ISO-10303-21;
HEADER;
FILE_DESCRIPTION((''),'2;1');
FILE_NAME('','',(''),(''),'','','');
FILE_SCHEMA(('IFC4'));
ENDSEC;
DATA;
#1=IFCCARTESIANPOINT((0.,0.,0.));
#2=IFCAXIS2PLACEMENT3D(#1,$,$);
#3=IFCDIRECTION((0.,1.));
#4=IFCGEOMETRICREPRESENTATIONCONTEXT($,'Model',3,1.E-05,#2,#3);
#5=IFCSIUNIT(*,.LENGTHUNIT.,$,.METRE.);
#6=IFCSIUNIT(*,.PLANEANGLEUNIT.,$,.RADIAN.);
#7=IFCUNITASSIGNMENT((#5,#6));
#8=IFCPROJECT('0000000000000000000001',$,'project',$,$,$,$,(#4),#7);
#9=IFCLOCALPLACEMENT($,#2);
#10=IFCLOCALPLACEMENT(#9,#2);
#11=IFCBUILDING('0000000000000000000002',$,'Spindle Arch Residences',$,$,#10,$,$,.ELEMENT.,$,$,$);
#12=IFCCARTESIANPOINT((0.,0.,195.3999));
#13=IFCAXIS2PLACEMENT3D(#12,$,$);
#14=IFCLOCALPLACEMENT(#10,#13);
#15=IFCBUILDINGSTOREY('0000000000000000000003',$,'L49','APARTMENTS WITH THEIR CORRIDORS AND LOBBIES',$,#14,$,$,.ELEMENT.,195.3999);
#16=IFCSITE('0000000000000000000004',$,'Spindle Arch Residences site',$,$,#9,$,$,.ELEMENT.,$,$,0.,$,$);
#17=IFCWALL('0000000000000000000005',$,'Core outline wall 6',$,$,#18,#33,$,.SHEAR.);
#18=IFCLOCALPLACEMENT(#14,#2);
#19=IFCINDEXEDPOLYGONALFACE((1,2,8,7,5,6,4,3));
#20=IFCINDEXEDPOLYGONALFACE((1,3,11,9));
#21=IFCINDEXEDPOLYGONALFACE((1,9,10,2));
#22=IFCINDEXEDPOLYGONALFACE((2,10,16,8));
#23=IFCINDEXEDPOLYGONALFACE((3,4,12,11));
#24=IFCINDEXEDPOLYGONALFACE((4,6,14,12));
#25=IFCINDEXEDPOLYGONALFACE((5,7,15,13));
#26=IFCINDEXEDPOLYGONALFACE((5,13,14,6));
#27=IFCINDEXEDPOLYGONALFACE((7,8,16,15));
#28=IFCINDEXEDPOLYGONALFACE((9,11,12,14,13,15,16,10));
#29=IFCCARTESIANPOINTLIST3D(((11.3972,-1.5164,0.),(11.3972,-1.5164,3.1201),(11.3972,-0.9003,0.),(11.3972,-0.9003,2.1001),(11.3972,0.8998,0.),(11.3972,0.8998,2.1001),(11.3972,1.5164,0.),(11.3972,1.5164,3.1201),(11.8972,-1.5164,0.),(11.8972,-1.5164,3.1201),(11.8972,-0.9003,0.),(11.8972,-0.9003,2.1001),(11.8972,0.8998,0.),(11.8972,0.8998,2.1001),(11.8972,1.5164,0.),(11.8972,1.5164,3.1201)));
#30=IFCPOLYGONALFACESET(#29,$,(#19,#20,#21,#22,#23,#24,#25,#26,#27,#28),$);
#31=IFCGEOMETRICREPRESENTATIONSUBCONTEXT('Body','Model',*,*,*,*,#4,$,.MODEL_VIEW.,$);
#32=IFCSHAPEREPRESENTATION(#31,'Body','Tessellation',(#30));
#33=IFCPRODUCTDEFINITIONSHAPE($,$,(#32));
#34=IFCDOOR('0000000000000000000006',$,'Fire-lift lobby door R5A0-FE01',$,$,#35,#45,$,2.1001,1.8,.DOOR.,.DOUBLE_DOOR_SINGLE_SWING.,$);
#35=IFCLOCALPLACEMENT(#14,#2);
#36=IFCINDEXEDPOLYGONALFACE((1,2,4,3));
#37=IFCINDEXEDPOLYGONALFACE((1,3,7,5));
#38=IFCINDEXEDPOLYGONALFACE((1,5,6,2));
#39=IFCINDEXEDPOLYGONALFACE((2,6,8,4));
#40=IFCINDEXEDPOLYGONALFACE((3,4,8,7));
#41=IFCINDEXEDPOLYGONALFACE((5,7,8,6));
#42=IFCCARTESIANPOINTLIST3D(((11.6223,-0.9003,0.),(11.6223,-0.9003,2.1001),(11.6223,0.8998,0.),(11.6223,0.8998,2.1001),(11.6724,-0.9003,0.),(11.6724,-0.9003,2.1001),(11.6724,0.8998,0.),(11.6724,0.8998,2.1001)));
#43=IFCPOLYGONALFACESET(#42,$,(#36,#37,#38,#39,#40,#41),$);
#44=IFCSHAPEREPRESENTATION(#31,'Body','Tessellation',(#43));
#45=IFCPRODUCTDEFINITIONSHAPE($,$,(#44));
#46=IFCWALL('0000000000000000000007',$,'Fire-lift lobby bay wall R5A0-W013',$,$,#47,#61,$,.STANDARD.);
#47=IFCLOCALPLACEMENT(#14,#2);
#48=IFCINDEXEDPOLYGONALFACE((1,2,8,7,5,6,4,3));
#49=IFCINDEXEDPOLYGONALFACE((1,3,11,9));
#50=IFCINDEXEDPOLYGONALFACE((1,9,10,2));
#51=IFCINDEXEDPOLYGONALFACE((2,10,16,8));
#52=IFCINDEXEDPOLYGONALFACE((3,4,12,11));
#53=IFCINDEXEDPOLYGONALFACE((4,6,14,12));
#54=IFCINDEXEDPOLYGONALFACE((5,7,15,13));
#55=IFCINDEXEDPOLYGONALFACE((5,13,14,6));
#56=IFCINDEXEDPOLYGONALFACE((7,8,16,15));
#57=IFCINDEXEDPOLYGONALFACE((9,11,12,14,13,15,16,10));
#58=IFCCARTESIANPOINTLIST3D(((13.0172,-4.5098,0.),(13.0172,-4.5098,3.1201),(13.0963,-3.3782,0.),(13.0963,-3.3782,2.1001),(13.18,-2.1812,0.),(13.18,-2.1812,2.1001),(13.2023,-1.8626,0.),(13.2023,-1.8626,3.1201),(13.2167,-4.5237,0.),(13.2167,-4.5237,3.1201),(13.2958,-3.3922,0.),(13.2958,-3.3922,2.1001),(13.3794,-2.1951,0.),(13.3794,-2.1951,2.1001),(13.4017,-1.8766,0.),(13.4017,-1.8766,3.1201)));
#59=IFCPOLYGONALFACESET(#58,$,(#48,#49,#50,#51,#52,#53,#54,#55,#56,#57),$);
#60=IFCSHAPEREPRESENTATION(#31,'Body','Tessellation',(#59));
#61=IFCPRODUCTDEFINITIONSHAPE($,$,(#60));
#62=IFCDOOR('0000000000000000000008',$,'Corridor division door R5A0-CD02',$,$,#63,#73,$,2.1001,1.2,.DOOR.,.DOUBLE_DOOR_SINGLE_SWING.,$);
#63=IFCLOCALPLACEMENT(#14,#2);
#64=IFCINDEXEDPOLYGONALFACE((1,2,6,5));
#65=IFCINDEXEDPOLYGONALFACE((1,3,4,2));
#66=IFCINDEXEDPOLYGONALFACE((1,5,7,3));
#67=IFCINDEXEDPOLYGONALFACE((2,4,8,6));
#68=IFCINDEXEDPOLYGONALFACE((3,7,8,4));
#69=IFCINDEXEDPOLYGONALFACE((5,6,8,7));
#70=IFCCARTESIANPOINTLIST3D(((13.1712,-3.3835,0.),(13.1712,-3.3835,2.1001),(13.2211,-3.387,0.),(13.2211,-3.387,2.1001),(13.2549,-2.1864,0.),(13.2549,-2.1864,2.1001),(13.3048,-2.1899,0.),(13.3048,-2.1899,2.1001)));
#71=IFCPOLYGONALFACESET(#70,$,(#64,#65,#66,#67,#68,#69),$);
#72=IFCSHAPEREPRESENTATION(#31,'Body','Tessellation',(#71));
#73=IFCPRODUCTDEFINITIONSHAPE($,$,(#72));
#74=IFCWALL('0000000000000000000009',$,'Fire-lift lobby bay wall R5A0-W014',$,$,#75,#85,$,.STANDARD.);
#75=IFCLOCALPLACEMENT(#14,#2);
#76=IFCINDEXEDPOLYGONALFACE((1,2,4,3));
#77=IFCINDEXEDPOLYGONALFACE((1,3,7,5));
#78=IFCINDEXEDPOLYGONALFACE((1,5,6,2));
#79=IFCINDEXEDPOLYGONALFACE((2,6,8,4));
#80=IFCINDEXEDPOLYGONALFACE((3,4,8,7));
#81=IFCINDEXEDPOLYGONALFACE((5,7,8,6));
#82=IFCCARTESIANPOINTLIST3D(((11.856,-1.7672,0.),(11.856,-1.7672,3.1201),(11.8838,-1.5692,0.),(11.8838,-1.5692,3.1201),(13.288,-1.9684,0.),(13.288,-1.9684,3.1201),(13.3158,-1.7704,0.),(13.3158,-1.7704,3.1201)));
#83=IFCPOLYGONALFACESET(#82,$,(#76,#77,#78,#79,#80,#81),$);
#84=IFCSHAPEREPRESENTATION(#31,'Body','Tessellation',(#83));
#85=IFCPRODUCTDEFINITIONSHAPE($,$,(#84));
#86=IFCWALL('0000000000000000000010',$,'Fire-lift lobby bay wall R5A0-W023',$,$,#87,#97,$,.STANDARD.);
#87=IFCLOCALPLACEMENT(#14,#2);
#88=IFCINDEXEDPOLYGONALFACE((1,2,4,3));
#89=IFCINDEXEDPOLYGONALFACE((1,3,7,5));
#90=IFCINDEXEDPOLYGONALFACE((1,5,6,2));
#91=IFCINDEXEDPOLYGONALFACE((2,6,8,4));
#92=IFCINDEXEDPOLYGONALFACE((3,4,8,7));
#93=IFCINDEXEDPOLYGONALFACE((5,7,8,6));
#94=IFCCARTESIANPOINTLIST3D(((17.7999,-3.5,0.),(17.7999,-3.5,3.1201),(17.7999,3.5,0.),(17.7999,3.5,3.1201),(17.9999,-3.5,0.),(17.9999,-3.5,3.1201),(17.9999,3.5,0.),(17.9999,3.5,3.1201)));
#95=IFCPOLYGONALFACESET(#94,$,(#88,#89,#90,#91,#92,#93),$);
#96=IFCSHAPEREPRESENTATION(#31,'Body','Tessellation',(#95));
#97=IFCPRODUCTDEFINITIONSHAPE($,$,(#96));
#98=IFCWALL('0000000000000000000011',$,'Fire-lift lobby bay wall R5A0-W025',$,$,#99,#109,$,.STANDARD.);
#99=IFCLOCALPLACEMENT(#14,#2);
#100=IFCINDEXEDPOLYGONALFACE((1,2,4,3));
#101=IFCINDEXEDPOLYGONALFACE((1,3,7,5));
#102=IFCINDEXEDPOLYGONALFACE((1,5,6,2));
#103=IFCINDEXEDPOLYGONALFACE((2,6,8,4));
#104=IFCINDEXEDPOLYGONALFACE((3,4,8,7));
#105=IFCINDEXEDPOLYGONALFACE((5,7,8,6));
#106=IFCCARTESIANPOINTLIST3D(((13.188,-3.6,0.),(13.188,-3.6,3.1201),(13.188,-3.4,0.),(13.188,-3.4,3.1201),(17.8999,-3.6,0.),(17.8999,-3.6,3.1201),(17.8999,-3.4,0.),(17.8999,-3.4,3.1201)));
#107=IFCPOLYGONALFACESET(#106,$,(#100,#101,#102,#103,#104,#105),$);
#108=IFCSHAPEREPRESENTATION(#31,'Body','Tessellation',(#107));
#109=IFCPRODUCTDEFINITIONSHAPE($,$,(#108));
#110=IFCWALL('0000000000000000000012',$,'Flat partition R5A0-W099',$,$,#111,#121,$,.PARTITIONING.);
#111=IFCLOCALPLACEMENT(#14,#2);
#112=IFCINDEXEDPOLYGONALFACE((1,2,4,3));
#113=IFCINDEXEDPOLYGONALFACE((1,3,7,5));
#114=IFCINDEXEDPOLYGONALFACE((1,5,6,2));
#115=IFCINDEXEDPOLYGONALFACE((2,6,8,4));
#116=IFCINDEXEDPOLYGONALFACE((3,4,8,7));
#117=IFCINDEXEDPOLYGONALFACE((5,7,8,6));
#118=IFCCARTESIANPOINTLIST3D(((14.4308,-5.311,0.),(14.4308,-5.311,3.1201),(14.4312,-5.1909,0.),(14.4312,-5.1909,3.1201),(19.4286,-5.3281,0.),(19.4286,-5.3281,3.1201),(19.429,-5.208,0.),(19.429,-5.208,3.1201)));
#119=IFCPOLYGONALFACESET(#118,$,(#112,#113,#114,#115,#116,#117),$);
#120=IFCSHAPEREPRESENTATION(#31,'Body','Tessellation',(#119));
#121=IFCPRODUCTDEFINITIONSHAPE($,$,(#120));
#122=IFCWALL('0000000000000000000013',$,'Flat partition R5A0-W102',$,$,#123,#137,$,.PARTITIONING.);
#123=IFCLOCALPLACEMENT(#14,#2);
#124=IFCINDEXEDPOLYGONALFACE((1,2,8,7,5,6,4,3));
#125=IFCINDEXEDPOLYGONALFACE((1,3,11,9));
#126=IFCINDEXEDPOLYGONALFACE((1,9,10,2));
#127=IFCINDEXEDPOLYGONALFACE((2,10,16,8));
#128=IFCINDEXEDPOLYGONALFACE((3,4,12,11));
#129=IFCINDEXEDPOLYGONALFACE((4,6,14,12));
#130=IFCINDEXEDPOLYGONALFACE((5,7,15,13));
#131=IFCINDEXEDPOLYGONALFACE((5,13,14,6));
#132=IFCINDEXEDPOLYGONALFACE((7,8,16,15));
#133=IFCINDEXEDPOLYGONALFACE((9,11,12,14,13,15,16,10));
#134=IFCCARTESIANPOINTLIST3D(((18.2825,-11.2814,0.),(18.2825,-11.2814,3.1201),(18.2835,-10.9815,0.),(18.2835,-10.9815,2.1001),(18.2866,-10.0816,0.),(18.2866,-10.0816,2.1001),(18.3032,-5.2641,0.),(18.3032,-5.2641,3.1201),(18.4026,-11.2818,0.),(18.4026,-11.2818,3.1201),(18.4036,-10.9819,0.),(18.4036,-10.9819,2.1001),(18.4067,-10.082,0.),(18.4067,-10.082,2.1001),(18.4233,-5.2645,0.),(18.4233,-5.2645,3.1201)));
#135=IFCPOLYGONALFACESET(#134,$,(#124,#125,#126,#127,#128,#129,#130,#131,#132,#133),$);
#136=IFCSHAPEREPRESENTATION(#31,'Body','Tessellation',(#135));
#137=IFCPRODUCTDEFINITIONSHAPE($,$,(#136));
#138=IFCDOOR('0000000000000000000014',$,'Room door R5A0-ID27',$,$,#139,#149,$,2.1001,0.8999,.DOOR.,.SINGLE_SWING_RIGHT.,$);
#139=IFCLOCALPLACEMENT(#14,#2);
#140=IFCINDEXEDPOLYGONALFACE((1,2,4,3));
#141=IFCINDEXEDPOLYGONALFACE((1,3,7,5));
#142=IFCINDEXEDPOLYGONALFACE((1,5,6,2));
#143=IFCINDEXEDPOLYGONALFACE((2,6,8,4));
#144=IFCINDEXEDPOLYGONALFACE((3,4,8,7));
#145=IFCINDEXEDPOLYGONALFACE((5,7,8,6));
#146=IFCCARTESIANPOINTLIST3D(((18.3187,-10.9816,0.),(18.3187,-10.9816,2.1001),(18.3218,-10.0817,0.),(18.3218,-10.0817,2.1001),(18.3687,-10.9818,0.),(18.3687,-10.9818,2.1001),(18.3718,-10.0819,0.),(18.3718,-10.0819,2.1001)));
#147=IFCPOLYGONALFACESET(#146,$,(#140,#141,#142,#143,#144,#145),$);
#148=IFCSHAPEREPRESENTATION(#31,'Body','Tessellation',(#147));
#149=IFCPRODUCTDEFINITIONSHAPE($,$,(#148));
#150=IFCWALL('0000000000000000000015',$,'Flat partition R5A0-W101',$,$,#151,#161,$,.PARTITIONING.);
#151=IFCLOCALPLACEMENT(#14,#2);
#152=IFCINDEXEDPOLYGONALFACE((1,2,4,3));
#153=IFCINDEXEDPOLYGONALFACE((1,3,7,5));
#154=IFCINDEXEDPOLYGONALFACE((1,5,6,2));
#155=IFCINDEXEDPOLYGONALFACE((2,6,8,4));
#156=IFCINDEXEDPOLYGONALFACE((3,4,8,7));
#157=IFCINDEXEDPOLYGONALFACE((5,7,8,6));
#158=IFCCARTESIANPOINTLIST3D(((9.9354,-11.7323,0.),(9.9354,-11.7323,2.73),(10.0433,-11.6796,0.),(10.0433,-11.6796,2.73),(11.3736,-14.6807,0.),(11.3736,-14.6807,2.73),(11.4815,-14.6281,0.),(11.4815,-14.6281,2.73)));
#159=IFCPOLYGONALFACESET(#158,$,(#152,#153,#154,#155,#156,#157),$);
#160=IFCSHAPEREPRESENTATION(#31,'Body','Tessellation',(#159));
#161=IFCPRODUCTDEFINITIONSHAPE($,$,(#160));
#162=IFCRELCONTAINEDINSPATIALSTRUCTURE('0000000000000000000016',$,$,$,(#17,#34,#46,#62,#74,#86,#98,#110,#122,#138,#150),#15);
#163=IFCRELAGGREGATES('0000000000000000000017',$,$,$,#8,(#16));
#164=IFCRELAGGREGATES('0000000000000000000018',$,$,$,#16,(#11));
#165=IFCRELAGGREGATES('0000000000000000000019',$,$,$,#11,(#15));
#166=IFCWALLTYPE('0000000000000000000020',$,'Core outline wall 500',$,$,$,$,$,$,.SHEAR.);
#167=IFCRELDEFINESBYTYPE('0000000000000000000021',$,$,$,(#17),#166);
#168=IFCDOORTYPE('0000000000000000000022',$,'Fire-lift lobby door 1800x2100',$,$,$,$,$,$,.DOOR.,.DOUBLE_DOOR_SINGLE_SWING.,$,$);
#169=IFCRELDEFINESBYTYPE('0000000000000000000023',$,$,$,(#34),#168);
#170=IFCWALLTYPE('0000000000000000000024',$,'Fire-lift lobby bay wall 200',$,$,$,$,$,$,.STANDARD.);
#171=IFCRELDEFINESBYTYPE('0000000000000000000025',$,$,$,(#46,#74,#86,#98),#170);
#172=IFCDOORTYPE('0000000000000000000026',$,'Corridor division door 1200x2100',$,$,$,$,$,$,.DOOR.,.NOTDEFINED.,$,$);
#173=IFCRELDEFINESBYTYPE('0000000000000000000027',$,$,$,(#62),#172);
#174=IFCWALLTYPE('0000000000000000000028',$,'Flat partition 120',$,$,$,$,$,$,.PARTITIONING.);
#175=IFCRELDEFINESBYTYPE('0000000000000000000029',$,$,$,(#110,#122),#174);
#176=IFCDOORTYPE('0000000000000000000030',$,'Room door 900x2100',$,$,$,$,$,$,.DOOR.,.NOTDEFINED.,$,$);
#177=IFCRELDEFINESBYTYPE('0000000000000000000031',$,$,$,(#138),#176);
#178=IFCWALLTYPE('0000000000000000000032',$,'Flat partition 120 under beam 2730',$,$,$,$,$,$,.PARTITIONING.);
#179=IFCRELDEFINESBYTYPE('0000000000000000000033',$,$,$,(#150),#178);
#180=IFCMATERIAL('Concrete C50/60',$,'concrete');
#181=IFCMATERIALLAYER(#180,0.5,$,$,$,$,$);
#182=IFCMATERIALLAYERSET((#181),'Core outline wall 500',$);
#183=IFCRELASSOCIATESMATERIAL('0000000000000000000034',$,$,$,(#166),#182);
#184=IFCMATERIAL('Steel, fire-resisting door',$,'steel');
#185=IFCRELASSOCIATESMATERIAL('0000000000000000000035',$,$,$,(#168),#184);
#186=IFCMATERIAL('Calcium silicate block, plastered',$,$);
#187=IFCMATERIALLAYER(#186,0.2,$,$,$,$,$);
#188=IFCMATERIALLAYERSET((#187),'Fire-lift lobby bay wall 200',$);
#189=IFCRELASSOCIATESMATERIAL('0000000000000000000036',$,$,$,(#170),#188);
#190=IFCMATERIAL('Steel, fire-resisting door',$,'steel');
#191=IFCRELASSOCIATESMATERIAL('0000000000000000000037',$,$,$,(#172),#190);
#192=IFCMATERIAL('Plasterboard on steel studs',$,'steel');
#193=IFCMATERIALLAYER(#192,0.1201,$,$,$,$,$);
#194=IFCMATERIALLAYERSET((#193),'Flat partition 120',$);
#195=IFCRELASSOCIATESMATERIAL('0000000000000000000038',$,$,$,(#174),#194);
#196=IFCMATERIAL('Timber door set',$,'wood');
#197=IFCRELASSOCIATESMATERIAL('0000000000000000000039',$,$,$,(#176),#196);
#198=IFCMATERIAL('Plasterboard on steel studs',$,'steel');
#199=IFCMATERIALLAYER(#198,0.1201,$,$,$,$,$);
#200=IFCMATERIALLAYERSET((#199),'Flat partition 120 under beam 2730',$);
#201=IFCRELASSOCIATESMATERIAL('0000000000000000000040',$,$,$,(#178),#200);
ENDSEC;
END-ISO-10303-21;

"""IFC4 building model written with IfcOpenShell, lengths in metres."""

from ifc_helpers import new_model, si_unit, direction, frame, frame_2d, origin, place, context, subcontext, project, spatial, rectangle, extrude, material, layer, layer_set, type_object, element, fill, save


model = new_model("IFC4")

# Units and contexts
model_context = context("Model", 3, precision=1e-05, world=origin(), true_north=direction((0.0, 1.0)))
body_context = subcontext(model_context, "Body", "Model", "MODEL_VIEW")
ifc_project = project(units=[si_unit("LENGTHUNIT", "METRE"), si_unit("PLANEANGLEUNIT", "RADIAN")], contexts=[model_context])

# Site, building, storey
site_placement = place(None, origin())
site = spatial("IfcSite", under=ifc_project, at=site_placement, Name="Spindle Arch Residences site", CompositionType="ELEMENT", RefElevation=0.0)
building_placement = place(site_placement, origin())
building = spatial("IfcBuilding", under=site, at=building_placement, Name="Spindle Arch Residences", CompositionType="ELEMENT")
storey_placement = place(building_placement, frame((0.0, 0.0, 195.3999)))
storey = spatial("IfcBuildingStorey", under=building, at=storey_placement, Name="L49", Description="APARTMENTS WITH THEIR CORRIDORS AND LOBBIES", CompositionType="ELEMENT", Elevation=195.3999)

# Walls, openings, doors
ifc_material_1 = material(Name="Concrete C50/60", Category="concrete")
ifc_layer_1 = layer(ifc_material_1, 0.5)
ifc_layer_set_1 = layer_set([ifc_layer_1], Name="Core outline wall 500")
wall_type_1 = type_object("IfcWallType", Name="Core outline wall 500", PredefinedType="SHEAR", material=ifc_layer_set_1)
wall_1_placement = place(storey_placement, frame((11.6472, -1.5164, 0.0), z_axis=(0.0, 0.0, 1.0), x_axis=(0.0, 1.0, 0.0)))
wall_1 = element("IfcWall", 1, at=wall_1_placement, inside=storey, type_object=wall_type_1, Name="Core outline wall 6", PredefinedType="SHEAR", context=body_context, shape_type="SweptSolid", body=[
    extrude(rectangle(XDim=3.0327, YDim=0.5, at=frame_2d((1.5164, 0.0))), origin(), (0.0, 0.0, 1.0), 3.1201),
])
opening_1_placement = place(wall_1_placement, frame((0.6162, 0.0, 0.0)))
opening_1 = element("IfcOpeningElement", 2, at=opening_1_placement, cuts=wall_1, PredefinedType="OPENING", context=body_context, shape_type="SweptSolid", body=[
    extrude(rectangle(XDim=1.8, YDim=2.1001, at=frame_2d((0.8999, 1.05))), frame((0.0, 0.26, 0.0), z_axis=(0.0, -1.0, 0.0), x_axis=(1.0, 0.0, 0.0)), (0.0, 0.0, 1.0), 0.52),
])
ifc_material_2 = material(Name="Steel, fire-resisting door", Category="steel")
door_type_1 = type_object("IfcDoorType", Name="Fire-lift lobby door 1800x2100", OperationType="DOUBLE_DOOR_SINGLE_SWING", PredefinedType="DOOR", material=ifc_material_2)
door_1_placement = place(opening_1_placement, origin())
door_1 = element("IfcDoor", 3, at=door_1_placement, inside=storey, type_object=door_type_1, Name="Fire-lift lobby door R5A0-FE01", OperationType="DOUBLE_DOOR_SINGLE_SWING", OverallHeight=2.1001, OverallWidth=1.8, PredefinedType="DOOR", context=body_context, shape_type="SweptSolid", body=[
    extrude(rectangle(XDim=1.8, YDim=2.1001, at=frame_2d((0.8999, 1.05))), frame((0.0, 0.0249, 0.0), z_axis=(0.0, -1.0, 0.0), x_axis=(1.0, 0.0, 0.0)), (0.0, 0.0, 1.0), 0.05),
])
fill(opening_1, door_1)
ifc_material_3 = material(Name="Calcium silicate block, plastered")
ifc_layer_2 = layer(ifc_material_3, 0.2)
ifc_layer_set_2 = layer_set([ifc_layer_2], Name="Fire-lift lobby bay wall 200")
wall_type_2 = type_object("IfcWallType", Name="Fire-lift lobby bay wall 200", PredefinedType="STANDARD", material=ifc_layer_set_2)
wall_2_placement = place(storey_placement, frame((13.1169, -4.5166, 0.0), z_axis=(0.0, 0.0, 1.0), x_axis=(0.069737, 0.997565, 0.0)))
wall_2 = element("IfcWall", 4, at=wall_2_placement, inside=storey, type_object=wall_type_2, Name="Fire-lift lobby bay wall R5A0-W013", PredefinedType="STANDARD", context=body_context, shape_type="SweptSolid", body=[
    extrude(rectangle(XDim=2.6536, YDim=0.2, at=frame_2d((1.3267, 0.0))), origin(), (0.0, 0.0, 1.0), 3.1201),
])
opening_2_placement = place(wall_2_placement, frame((1.134, 0.0, 0.0)))
opening_2 = element("IfcOpeningElement", 5, at=opening_2_placement, cuts=wall_2, PredefinedType="OPENING", context=body_context, shape_type="SweptSolid", body=[
    extrude(rectangle(XDim=1.2, YDim=2.1001, at=frame_2d((0.6001, 1.05))), frame((0.0, 0.1099, 0.0), z_axis=(0.0, -1.0, 0.0), x_axis=(1.0, 0.0, 0.0)), (0.0, 0.0, 1.0), 0.22),
])
ifc_material_4 = material(Name="Steel, fire-resisting door", Category="steel")
door_type_2 = type_object("IfcDoorType", Name="Corridor division door 1200x2100", OperationType="NOTDEFINED", PredefinedType="DOOR", material=ifc_material_4)
door_2_placement = place(opening_2_placement, origin())
door_2 = element("IfcDoor", 6, at=door_2_placement, inside=storey, type_object=door_type_2, Name="Corridor division door R5A0-CD02", OperationType="DOUBLE_DOOR_SINGLE_SWING", OverallHeight=2.1001, OverallWidth=1.2, PredefinedType="DOOR", context=body_context, shape_type="SweptSolid", body=[
    extrude(rectangle(XDim=1.2, YDim=2.1001, at=frame_2d((0.6001, 1.05))), frame((0.0, 0.0249, 0.0), z_axis=(0.0, -1.0, 0.0), x_axis=(1.0, 0.0, 0.0)), (0.0, 0.0, 1.0), 0.05),
])
fill(opening_2, door_2)

# Walls
wall_3_placement = place(storey_placement, frame((13.302, -1.8694, 0.0), z_axis=(0.0, 0.0, 1.0), x_axis=(-0.990274, 0.139128, 0.0)))
element("IfcWall", 7, at=wall_3_placement, inside=storey, type_object=wall_type_2, Name="Fire-lift lobby bay wall R5A0-W014", PredefinedType="STANDARD", context=body_context, shape_type="SweptSolid", body=[
    extrude(rectangle(XDim=1.446, YDim=0.2, at=frame_2d((0.7231, 0.0))), origin(), (0.0, 0.0, 1.0), 3.1201),
])
wall_4_placement = place(storey_placement, frame((17.8999, -3.5, 0.0), z_axis=(0.0, 0.0, 1.0), x_axis=(0.0, 1.0, 0.0)))
element("IfcWall", 8, at=wall_4_placement, inside=storey, type_object=wall_type_2, Name="Fire-lift lobby bay wall R5A0-W023", PredefinedType="STANDARD", context=body_context, shape_type="SweptSolid", body=[
    extrude(rectangle(XDim=7.0, YDim=0.2, at=frame_2d((3.5, 0.0))), origin(), (0.0, 0.0, 1.0), 3.1201),
])
wall_5_placement = place(storey_placement, frame((13.188, -3.5, 0.0), z_axis=(0.0, 0.0, 1.0), x_axis=(1.0, 0.0, 0.0)))
element("IfcWall", 9, at=wall_5_placement, inside=storey, type_object=wall_type_2, Name="Fire-lift lobby bay wall R5A0-W025", PredefinedType="STANDARD", context=body_context, shape_type="SweptSolid", body=[
    extrude(rectangle(XDim=4.7119, YDim=0.2, at=frame_2d((2.356, 0.0))), origin(), (0.0, 0.0, 1.0), 3.1201),
])
ifc_material_5 = material(Name="Plasterboard on steel studs", Category="steel")
ifc_layer_3 = layer(ifc_material_5, 0.1201)
ifc_layer_set_3 = layer_set([ifc_layer_3], Name="Flat partition 120")
wall_type_3 = type_object("IfcWallType", Name="Flat partition 120", PredefinedType="PARTITIONING", material=ifc_layer_set_3)
wall_6_placement = place(storey_placement, frame((14.4309, -5.251, 0.0), z_axis=(0.0, 0.0, 1.0), x_axis=(0.999994, -0.003419, 0.0)))
element("IfcWall", 10, at=wall_6_placement, inside=storey, type_object=wall_type_3, Name="Flat partition R5A0-W099", PredefinedType="PARTITIONING", context=body_context, shape_type="SweptSolid", body=[
    extrude(rectangle(XDim=4.9978, YDim=0.1201, at=frame_2d((2.499, 0.0))), origin(), (0.0, 0.0, 1.0), 3.1201),
])

# Wall, opening, door
wall_7_placement = place(storey_placement, frame((18.3425, -11.2817, 0.0), z_axis=(0.0, 0.0, 1.0), x_axis=(0.003449, 0.999994, 0.0)))
wall_7 = element("IfcWall", 11, at=wall_7_placement, inside=storey, type_object=wall_type_3, Name="Flat partition R5A0-W102", PredefinedType="PARTITIONING", context=body_context, shape_type="SweptSolid", body=[
    extrude(rectangle(XDim=6.0173, YDim=0.1201, at=frame_2d((3.0088, 0.0))), origin(), (0.0, 0.0, 1.0), 3.1201),
])
opening_3_placement = place(wall_7_placement, frame((0.3, 0.0, 0.0)))
opening_3 = element("IfcOpeningElement", 12, at=opening_3_placement, cuts=wall_7, PredefinedType="OPENING", context=body_context, shape_type="SweptSolid", body=[
    extrude(rectangle(XDim=0.8999, YDim=2.1001, at=frame_2d((0.45, 1.05))), frame((0.0, 0.0701, 0.0), z_axis=(0.0, -1.0, 0.0), x_axis=(1.0, 0.0, 0.0)), (0.0, 0.0, 1.0), 0.1401),
])
ifc_material_6 = material(Name="Timber door set", Category="wood")
door_type_3 = type_object("IfcDoorType", Name="Room door 900x2100", OperationType="NOTDEFINED", PredefinedType="DOOR", material=ifc_material_6)
door_3_placement = place(opening_3_placement, origin())
door_3 = element("IfcDoor", 13, at=door_3_placement, inside=storey, type_object=door_type_3, Name="Room door R5A0-ID27", OperationType="SINGLE_SWING_RIGHT", OverallHeight=2.1001, OverallWidth=0.8999, PredefinedType="DOOR", context=body_context, shape_type="SweptSolid", body=[
    extrude(rectangle(XDim=0.8999, YDim=2.1001, at=frame_2d((0.45, 1.05))), frame((0.0, 0.0249, 0.0), z_axis=(0.0, -1.0, 0.0), x_axis=(1.0, 0.0, 0.0)), (0.0, 0.0, 1.0), 0.05),
])
fill(opening_3, door_3)

# Wall
ifc_material_7 = material(Name="Plasterboard on steel studs", Category="steel")
ifc_layer_4 = layer(ifc_material_7, 0.1201)
ifc_layer_set_4 = layer_set([ifc_layer_4], Name="Flat partition 120 under beam 2730")
wall_type_4 = type_object("IfcWallType", Name="Flat partition 120 under beam 2730", PredefinedType="PARTITIONING", material=ifc_layer_set_4)
wall_8_placement = place(storey_placement, frame((11.4275, -14.6543, 0.0), z_axis=(0.0, 0.0, 1.0), x_axis=(-0.43841, 0.898775, 0.0)))
element("IfcWall", 14, at=wall_8_placement, inside=storey, type_object=wall_type_4, Name="Flat partition R5A0-W101", PredefinedType="PARTITIONING", context=body_context, shape_type="SweptSolid", body=[
    extrude(rectangle(XDim=3.2805, YDim=0.1201, at=frame_2d((1.6401, 0.0))), origin(), (0.0, 0.0, 1.0), 2.73),
])

save(model, "model.ifc")
